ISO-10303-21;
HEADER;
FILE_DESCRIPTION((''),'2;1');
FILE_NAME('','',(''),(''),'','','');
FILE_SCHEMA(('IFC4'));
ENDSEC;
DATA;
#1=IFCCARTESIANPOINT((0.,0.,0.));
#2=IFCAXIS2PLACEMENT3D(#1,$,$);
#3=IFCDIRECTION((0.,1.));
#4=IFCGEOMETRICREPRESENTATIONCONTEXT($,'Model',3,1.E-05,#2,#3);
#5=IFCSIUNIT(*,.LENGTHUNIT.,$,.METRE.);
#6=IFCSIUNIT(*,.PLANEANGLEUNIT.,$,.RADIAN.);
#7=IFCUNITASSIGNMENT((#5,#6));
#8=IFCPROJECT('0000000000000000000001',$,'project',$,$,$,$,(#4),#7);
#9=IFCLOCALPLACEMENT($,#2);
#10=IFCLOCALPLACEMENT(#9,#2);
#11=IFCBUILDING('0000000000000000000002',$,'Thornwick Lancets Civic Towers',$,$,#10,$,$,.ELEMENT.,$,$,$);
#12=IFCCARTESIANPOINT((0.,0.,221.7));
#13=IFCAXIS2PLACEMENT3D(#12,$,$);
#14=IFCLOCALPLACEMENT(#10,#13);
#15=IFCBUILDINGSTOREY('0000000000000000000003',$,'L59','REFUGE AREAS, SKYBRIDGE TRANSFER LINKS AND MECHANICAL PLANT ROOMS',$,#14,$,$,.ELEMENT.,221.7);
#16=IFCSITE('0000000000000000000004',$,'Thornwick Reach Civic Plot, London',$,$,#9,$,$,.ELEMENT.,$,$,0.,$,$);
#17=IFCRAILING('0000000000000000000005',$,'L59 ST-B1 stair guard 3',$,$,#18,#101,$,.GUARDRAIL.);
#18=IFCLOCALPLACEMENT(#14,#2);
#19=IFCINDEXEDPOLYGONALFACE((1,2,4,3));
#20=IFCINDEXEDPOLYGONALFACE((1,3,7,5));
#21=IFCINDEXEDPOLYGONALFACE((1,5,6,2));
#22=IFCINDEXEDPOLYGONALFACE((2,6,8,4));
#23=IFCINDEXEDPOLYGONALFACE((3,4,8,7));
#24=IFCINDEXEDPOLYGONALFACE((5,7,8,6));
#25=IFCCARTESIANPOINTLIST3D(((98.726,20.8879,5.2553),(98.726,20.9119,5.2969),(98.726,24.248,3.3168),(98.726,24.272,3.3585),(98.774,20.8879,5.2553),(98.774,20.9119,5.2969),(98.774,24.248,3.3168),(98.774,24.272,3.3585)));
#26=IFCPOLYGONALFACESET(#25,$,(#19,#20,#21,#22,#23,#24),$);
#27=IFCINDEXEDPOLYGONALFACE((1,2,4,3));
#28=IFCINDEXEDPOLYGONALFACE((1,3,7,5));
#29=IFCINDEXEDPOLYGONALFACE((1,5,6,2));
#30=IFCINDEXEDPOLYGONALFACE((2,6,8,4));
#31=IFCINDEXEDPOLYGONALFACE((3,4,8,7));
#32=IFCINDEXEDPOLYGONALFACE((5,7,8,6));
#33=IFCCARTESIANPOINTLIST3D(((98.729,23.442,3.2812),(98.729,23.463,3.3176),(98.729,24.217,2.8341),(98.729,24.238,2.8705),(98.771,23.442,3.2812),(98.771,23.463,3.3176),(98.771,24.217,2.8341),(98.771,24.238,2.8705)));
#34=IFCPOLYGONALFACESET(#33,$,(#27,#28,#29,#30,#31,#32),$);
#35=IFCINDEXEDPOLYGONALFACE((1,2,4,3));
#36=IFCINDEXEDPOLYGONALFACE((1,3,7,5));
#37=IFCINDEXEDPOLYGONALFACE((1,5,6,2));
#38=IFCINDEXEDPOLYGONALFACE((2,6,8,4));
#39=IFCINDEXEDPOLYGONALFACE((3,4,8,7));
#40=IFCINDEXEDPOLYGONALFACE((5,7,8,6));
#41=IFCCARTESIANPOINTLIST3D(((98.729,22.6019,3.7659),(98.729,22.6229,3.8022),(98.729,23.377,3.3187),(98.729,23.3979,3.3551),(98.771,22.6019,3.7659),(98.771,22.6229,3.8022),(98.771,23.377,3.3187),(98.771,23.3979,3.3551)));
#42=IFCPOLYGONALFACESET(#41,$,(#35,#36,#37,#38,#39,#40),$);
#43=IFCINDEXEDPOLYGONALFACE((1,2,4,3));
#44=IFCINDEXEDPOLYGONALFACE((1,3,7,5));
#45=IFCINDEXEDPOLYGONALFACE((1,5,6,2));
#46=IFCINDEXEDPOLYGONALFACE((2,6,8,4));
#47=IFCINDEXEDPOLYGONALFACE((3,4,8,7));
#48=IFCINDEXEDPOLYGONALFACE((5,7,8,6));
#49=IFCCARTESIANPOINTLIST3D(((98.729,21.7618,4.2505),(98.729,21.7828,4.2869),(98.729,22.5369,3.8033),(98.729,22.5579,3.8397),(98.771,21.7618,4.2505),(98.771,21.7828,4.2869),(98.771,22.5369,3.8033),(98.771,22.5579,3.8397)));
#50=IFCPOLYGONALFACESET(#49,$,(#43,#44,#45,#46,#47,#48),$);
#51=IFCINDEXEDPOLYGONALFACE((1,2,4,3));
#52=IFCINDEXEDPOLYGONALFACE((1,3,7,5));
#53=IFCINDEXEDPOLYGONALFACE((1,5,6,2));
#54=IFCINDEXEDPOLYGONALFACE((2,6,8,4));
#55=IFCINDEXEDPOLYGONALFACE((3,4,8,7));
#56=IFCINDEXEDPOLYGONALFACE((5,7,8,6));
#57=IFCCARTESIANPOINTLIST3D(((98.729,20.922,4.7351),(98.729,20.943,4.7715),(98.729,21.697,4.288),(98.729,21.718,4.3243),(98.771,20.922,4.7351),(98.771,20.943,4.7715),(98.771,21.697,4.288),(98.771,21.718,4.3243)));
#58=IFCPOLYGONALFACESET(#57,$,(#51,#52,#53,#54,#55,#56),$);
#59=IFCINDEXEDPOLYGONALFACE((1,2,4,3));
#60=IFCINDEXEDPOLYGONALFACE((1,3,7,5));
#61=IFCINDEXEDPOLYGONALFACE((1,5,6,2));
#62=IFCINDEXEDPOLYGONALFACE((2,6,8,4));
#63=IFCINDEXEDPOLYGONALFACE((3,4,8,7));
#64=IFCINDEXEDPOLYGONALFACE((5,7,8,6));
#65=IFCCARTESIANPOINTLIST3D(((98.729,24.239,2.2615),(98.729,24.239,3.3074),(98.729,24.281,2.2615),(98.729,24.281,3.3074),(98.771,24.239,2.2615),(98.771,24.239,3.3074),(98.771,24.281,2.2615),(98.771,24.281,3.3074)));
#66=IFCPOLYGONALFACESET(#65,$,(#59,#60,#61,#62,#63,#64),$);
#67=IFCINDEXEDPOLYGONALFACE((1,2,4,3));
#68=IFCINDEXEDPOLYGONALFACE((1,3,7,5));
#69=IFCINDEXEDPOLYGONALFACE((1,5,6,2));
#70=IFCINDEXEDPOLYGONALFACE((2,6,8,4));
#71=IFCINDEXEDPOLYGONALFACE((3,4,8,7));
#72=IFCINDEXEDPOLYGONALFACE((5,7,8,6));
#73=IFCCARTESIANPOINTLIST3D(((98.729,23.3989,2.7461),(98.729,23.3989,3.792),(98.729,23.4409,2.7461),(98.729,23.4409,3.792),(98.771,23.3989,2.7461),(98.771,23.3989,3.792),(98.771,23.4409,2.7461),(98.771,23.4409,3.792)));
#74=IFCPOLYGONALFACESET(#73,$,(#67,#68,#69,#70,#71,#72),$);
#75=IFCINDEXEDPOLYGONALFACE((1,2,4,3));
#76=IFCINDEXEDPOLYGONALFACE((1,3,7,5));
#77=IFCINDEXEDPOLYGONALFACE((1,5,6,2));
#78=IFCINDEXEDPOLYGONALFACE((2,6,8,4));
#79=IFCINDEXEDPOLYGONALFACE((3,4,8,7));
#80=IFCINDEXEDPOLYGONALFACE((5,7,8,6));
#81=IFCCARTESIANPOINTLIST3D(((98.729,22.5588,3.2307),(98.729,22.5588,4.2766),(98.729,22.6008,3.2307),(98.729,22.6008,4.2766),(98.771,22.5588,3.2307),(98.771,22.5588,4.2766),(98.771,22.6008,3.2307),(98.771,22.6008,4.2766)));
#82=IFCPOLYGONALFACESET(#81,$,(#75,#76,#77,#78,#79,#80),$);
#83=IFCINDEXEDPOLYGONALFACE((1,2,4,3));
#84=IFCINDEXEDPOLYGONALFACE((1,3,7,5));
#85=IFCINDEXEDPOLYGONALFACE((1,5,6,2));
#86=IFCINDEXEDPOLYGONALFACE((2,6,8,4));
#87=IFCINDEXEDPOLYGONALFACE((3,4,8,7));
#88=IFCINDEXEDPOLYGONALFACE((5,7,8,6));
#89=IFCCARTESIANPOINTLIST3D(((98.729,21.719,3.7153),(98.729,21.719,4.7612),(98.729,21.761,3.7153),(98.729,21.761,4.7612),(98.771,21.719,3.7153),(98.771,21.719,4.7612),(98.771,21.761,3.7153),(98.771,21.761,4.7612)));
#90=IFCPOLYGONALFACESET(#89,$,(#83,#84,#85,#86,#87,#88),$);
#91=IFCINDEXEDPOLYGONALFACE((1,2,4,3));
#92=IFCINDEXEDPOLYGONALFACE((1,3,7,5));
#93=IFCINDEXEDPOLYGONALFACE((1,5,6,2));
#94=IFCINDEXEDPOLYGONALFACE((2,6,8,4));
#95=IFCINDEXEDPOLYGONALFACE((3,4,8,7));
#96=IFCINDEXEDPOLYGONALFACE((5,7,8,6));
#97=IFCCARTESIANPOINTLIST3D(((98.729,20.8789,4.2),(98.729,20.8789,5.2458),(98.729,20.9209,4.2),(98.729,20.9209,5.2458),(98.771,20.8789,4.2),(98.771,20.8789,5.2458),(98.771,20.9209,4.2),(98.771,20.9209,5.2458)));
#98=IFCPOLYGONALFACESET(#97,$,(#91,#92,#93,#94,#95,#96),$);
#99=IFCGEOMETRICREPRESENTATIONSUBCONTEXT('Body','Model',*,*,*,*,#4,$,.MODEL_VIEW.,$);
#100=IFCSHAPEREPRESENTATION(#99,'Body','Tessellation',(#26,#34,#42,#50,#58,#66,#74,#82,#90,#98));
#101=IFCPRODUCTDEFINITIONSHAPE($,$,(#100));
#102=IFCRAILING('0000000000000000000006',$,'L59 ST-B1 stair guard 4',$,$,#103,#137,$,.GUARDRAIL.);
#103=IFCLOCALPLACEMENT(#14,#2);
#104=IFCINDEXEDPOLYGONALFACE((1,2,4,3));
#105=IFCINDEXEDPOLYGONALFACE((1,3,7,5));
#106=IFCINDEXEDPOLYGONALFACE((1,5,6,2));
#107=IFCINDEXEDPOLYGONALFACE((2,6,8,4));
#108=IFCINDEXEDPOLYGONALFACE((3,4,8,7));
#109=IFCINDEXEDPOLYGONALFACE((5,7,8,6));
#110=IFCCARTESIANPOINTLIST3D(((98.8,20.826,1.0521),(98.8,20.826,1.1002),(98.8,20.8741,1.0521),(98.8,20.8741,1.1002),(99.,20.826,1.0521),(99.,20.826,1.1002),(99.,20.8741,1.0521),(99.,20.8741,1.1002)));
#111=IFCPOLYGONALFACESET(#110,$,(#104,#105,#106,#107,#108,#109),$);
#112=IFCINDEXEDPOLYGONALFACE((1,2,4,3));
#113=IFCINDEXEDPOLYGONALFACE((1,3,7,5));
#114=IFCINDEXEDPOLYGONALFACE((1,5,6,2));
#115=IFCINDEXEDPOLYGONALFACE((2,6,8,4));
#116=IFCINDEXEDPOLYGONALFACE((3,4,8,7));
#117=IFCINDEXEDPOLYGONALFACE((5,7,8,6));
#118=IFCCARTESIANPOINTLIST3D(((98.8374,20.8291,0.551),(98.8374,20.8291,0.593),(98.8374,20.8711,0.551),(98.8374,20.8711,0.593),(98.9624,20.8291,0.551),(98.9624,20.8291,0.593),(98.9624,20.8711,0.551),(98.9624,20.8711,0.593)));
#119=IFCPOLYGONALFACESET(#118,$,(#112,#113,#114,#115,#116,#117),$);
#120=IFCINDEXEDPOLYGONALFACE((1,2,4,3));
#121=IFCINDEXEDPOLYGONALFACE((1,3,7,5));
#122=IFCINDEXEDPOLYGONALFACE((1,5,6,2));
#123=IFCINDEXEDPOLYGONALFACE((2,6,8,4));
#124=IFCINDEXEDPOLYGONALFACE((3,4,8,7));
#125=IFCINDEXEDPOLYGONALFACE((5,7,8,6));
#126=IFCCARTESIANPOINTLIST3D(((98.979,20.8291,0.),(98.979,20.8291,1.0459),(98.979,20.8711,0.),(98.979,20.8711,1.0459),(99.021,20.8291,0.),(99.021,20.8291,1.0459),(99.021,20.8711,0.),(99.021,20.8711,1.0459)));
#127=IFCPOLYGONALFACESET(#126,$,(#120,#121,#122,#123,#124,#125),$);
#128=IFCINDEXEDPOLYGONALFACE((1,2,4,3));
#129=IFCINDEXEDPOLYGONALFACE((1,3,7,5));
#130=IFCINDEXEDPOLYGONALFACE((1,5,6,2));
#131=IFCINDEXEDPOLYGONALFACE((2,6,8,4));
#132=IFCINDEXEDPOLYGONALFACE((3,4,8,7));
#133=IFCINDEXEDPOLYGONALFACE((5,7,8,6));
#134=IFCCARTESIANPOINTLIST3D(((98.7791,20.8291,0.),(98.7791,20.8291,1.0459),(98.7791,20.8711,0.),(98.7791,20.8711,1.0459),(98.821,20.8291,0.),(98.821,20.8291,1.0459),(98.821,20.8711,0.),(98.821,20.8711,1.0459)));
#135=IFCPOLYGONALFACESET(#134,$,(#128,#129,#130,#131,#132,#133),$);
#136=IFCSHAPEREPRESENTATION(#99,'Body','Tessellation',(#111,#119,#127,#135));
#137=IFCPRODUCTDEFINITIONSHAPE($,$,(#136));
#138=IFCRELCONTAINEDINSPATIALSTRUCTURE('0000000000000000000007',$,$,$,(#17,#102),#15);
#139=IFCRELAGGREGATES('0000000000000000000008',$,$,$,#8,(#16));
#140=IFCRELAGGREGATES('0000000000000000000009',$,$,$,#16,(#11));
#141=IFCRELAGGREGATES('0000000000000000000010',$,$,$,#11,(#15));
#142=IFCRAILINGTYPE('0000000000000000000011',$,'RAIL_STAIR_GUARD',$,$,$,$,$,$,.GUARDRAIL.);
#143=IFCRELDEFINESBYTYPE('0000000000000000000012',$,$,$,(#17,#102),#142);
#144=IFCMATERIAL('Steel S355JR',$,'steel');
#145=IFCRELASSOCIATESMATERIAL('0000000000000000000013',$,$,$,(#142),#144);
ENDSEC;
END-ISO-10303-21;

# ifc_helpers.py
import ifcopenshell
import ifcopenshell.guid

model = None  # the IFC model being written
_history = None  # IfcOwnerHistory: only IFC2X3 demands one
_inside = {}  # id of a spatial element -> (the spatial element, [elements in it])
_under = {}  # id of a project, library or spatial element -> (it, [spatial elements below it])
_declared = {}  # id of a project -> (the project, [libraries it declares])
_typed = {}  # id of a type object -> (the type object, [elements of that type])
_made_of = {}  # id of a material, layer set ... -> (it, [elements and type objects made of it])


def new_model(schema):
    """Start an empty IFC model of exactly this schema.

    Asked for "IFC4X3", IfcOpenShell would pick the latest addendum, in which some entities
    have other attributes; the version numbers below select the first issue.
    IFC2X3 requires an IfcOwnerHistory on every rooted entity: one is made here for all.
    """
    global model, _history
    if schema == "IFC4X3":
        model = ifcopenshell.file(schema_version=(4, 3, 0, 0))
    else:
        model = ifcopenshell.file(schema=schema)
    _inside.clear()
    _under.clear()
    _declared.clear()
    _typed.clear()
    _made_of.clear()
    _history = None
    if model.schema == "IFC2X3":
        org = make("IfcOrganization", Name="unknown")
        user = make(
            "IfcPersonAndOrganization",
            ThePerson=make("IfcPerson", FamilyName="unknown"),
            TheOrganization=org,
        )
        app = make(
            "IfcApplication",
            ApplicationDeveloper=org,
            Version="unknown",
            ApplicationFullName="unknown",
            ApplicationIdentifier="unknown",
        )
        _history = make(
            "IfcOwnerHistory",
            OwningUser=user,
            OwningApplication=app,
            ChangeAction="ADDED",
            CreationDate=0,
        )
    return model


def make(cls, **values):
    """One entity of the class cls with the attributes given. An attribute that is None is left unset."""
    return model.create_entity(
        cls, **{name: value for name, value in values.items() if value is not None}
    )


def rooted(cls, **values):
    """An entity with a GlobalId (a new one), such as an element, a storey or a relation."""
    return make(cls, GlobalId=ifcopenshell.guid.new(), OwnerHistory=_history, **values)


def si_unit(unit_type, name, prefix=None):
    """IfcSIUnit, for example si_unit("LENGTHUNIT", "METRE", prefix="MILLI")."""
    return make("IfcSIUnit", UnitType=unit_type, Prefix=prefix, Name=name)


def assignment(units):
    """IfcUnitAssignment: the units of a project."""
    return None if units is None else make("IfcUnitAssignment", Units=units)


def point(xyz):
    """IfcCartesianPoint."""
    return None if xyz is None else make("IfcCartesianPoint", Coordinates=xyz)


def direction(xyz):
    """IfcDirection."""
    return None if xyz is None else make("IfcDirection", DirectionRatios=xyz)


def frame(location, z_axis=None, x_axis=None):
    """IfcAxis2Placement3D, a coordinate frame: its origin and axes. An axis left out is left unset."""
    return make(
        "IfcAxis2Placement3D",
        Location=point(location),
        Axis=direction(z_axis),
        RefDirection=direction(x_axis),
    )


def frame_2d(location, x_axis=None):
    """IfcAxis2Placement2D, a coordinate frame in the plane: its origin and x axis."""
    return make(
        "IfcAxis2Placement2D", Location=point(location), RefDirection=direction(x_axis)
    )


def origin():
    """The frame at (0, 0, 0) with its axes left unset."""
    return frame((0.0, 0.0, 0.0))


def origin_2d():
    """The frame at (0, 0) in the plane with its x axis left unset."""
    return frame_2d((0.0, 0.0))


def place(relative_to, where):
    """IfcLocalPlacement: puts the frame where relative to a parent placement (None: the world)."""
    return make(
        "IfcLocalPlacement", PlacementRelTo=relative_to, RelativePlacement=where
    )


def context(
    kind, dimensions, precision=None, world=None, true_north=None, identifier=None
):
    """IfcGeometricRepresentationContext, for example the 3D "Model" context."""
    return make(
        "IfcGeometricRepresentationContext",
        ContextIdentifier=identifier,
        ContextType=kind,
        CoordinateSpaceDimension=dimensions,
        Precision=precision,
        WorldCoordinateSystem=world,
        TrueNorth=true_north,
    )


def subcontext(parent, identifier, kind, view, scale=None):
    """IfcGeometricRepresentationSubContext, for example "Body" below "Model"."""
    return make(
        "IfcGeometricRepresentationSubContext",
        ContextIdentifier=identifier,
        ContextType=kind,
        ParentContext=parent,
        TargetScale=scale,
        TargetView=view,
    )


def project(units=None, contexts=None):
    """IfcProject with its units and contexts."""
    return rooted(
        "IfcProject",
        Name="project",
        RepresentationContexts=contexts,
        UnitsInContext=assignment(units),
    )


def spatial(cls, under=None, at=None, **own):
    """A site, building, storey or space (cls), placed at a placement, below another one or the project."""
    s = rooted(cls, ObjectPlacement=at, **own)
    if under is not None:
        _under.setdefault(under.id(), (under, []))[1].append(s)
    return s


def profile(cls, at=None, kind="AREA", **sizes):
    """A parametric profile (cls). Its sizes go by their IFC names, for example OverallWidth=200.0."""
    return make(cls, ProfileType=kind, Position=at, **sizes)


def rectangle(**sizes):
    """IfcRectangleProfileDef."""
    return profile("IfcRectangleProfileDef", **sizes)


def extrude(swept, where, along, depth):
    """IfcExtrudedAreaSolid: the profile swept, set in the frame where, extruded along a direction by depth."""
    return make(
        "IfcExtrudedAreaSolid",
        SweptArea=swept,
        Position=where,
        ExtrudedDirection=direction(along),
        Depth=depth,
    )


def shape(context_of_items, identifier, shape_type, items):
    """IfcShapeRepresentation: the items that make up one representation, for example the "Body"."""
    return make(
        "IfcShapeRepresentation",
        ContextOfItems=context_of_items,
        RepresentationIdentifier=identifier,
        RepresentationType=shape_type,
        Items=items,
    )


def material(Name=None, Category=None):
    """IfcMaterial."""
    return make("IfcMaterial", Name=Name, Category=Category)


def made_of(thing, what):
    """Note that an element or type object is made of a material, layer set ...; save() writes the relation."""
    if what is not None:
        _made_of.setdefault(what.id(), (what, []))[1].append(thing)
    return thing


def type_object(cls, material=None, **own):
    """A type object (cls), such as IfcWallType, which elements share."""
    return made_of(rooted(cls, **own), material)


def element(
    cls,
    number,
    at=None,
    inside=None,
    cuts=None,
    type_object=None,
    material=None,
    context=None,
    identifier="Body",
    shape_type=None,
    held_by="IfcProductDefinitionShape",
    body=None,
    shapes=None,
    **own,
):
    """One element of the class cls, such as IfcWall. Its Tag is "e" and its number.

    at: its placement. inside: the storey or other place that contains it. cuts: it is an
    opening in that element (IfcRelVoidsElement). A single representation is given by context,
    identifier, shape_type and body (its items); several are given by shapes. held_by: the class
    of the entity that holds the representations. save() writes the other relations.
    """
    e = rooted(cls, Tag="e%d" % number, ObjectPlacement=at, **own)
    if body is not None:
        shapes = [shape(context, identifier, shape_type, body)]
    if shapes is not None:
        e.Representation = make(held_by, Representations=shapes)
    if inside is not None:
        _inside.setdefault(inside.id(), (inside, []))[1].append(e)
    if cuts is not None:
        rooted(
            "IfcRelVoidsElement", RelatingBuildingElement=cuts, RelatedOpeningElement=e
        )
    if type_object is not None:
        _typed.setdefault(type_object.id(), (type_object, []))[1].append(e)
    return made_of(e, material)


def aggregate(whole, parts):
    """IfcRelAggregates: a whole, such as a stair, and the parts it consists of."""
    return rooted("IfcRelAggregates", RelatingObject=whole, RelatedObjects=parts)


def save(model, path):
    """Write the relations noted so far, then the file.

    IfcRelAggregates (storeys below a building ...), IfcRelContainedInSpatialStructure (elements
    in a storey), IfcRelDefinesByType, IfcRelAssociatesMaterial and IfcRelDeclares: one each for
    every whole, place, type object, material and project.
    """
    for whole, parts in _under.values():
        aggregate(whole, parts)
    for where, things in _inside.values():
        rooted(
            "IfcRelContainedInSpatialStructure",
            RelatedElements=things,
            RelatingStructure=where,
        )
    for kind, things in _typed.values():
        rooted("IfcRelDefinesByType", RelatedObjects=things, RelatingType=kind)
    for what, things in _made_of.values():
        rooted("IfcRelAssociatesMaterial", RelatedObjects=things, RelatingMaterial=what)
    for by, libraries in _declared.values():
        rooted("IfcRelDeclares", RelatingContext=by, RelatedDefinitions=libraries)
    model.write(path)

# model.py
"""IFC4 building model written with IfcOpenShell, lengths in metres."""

from ifc_helpers import new_model, si_unit, direction, frame, origin, origin_2d, place, context, subcontext, project, spatial, rectangle, extrude, material, type_object, element, save


model = new_model("IFC4")

# Units and contexts
model_context = context("Model", 3, precision=1e-05, world=origin(), true_north=direction((0.0, 1.0)))
body_context = subcontext(model_context, "Body", "Model", "MODEL_VIEW")
ifc_project = project(units=[si_unit("LENGTHUNIT", "METRE"), si_unit("PLANEANGLEUNIT", "RADIAN")], contexts=[model_context])

# Site, building, storey
site_placement = place(None, origin())
site = spatial("IfcSite", under=ifc_project, at=site_placement, Name="Thornwick Reach Civic Plot, London", CompositionType="ELEMENT", RefElevation=0.0)
building_placement = place(site_placement, origin())
building = spatial("IfcBuilding", under=site, at=building_placement, Name="Thornwick Lancets Civic Towers", CompositionType="ELEMENT")
storey_placement = place(building_placement, frame((0.0, 0.0, 221.7)))
storey = spatial("IfcBuildingStorey", under=building, at=storey_placement, Name="L59", Description="REFUGE AREAS, SKYBRIDGE TRANSFER LINKS AND MECHANICAL PLANT ROOMS", CompositionType="ELEMENT", Elevation=221.7)

# Shared definitions
ifc_material_1 = material(Name="Steel S355JR", Category="steel")

# Railings
railing_type_1 = type_object("IfcRailingType", Name="RAIL_STAIR_GUARD", PredefinedType="GUARDRAIL", material=ifc_material_1)
railing_1_placement = place(storey_placement, frame((98.75, 24.26, 2.2615)))
element("IfcRailing", 1, at=railing_1_placement, inside=storey, type_object=railing_type_1, Name="L59 ST-B1 stair guard 3", PredefinedType="GUARDRAIL", context=body_context, shape_type="SweptSolid", body=[
    extrude(rectangle(XDim=0.0481, YDim=0.0481, at=origin_2d()), frame((0.0, 0.0, 1.0762), z_axis=(0.0, -0.866191, 0.499713), x_axis=(1.0, 0.0, 0.0)), (0.0, 0.0, 1.0), 3.8792),
    extrude(rectangle(XDim=0.042, YDim=0.042, at=origin_2d()), frame((0.0, -0.0325, 0.5908), z_axis=(0.0, -0.866191, 0.499713), x_axis=(1.0, 0.0, 0.0)), (0.0, 0.0, 1.0), 0.8948),
    extrude(rectangle(XDim=0.042, YDim=0.042, at=origin_2d()), frame((0.0, -0.8726, 1.0754), z_axis=(0.0, -0.866191, 0.499713), x_axis=(1.0, 0.0, 0.0)), (0.0, 0.0, 1.0), 0.8948),
    extrude(rectangle(XDim=0.042, YDim=0.042, at=origin_2d()), frame((0.0, -1.7126, 1.5601), z_axis=(0.0, -0.866191, 0.499713), x_axis=(1.0, 0.0, 0.0)), (0.0, 0.0, 1.0), 0.8948),
    extrude(rectangle(XDim=0.042, YDim=0.042, at=origin_2d()), frame((0.0, -2.5525, 2.0447), z_axis=(0.0, -0.866191, 0.499713), x_axis=(1.0, 0.0, 0.0)), (0.0, 0.0, 1.0), 0.8948),
    extrude(rectangle(XDim=0.042, YDim=0.042, at=origin_2d()), origin(), (0.0, 0.0, 1.0), 1.0459),
    extrude(rectangle(XDim=0.042, YDim=0.042, at=origin_2d()), frame((0.0, -0.8401, 0.4846)), (0.0, 0.0, 1.0), 1.0459),
    extrude(rectangle(XDim=0.042, YDim=0.042, at=origin_2d()), frame((0.0, -1.6802, 0.9692)), (0.0, 0.0, 1.0), 1.0459),
    extrude(rectangle(XDim=0.042, YDim=0.042, at=origin_2d()), frame((0.0, -2.52, 1.4539)), (0.0, 0.0, 1.0), 1.0459),
    extrude(rectangle(XDim=0.042, YDim=0.042, at=origin_2d()), frame((0.0, -3.3601, 1.9385)), (0.0, 0.0, 1.0), 1.0459),
])
railing_2_placement = place(storey_placement, frame((99.0, 20.8501, 0.0)))
element("IfcRailing", 2, at=railing_2_placement, inside=storey, type_object=railing_type_1, Name="L59 ST-B1 stair guard 4", PredefinedType="GUARDRAIL", context=body_context, shape_type="SweptSolid", body=[
    extrude(rectangle(XDim=0.0481, YDim=0.0481, at=origin_2d()), frame((0.0, 0.0, 1.0762), z_axis=(-1.0, 0.0, 0.0), x_axis=(0.0, -1.0, 0.0)), (0.0, 0.0, 1.0), 0.2),
    extrude(rectangle(XDim=0.042, YDim=0.042, at=origin_2d()), frame((-0.0376, 0.0, 0.572), z_axis=(-1.0, 0.0, 0.0), x_axis=(0.0, -1.0, 0.0)), (0.0, 0.0, 1.0), 0.125),
    extrude(rectangle(XDim=0.042, YDim=0.042, at=origin_2d()), origin(), (0.0, 0.0, 1.0), 1.0459),
    extrude(rectangle(XDim=0.042, YDim=0.042, at=origin_2d()), frame((-0.2, 0.0, 0.0)), (0.0, 0.0, 1.0), 1.0459),
])

save(model, "model.ifc")
